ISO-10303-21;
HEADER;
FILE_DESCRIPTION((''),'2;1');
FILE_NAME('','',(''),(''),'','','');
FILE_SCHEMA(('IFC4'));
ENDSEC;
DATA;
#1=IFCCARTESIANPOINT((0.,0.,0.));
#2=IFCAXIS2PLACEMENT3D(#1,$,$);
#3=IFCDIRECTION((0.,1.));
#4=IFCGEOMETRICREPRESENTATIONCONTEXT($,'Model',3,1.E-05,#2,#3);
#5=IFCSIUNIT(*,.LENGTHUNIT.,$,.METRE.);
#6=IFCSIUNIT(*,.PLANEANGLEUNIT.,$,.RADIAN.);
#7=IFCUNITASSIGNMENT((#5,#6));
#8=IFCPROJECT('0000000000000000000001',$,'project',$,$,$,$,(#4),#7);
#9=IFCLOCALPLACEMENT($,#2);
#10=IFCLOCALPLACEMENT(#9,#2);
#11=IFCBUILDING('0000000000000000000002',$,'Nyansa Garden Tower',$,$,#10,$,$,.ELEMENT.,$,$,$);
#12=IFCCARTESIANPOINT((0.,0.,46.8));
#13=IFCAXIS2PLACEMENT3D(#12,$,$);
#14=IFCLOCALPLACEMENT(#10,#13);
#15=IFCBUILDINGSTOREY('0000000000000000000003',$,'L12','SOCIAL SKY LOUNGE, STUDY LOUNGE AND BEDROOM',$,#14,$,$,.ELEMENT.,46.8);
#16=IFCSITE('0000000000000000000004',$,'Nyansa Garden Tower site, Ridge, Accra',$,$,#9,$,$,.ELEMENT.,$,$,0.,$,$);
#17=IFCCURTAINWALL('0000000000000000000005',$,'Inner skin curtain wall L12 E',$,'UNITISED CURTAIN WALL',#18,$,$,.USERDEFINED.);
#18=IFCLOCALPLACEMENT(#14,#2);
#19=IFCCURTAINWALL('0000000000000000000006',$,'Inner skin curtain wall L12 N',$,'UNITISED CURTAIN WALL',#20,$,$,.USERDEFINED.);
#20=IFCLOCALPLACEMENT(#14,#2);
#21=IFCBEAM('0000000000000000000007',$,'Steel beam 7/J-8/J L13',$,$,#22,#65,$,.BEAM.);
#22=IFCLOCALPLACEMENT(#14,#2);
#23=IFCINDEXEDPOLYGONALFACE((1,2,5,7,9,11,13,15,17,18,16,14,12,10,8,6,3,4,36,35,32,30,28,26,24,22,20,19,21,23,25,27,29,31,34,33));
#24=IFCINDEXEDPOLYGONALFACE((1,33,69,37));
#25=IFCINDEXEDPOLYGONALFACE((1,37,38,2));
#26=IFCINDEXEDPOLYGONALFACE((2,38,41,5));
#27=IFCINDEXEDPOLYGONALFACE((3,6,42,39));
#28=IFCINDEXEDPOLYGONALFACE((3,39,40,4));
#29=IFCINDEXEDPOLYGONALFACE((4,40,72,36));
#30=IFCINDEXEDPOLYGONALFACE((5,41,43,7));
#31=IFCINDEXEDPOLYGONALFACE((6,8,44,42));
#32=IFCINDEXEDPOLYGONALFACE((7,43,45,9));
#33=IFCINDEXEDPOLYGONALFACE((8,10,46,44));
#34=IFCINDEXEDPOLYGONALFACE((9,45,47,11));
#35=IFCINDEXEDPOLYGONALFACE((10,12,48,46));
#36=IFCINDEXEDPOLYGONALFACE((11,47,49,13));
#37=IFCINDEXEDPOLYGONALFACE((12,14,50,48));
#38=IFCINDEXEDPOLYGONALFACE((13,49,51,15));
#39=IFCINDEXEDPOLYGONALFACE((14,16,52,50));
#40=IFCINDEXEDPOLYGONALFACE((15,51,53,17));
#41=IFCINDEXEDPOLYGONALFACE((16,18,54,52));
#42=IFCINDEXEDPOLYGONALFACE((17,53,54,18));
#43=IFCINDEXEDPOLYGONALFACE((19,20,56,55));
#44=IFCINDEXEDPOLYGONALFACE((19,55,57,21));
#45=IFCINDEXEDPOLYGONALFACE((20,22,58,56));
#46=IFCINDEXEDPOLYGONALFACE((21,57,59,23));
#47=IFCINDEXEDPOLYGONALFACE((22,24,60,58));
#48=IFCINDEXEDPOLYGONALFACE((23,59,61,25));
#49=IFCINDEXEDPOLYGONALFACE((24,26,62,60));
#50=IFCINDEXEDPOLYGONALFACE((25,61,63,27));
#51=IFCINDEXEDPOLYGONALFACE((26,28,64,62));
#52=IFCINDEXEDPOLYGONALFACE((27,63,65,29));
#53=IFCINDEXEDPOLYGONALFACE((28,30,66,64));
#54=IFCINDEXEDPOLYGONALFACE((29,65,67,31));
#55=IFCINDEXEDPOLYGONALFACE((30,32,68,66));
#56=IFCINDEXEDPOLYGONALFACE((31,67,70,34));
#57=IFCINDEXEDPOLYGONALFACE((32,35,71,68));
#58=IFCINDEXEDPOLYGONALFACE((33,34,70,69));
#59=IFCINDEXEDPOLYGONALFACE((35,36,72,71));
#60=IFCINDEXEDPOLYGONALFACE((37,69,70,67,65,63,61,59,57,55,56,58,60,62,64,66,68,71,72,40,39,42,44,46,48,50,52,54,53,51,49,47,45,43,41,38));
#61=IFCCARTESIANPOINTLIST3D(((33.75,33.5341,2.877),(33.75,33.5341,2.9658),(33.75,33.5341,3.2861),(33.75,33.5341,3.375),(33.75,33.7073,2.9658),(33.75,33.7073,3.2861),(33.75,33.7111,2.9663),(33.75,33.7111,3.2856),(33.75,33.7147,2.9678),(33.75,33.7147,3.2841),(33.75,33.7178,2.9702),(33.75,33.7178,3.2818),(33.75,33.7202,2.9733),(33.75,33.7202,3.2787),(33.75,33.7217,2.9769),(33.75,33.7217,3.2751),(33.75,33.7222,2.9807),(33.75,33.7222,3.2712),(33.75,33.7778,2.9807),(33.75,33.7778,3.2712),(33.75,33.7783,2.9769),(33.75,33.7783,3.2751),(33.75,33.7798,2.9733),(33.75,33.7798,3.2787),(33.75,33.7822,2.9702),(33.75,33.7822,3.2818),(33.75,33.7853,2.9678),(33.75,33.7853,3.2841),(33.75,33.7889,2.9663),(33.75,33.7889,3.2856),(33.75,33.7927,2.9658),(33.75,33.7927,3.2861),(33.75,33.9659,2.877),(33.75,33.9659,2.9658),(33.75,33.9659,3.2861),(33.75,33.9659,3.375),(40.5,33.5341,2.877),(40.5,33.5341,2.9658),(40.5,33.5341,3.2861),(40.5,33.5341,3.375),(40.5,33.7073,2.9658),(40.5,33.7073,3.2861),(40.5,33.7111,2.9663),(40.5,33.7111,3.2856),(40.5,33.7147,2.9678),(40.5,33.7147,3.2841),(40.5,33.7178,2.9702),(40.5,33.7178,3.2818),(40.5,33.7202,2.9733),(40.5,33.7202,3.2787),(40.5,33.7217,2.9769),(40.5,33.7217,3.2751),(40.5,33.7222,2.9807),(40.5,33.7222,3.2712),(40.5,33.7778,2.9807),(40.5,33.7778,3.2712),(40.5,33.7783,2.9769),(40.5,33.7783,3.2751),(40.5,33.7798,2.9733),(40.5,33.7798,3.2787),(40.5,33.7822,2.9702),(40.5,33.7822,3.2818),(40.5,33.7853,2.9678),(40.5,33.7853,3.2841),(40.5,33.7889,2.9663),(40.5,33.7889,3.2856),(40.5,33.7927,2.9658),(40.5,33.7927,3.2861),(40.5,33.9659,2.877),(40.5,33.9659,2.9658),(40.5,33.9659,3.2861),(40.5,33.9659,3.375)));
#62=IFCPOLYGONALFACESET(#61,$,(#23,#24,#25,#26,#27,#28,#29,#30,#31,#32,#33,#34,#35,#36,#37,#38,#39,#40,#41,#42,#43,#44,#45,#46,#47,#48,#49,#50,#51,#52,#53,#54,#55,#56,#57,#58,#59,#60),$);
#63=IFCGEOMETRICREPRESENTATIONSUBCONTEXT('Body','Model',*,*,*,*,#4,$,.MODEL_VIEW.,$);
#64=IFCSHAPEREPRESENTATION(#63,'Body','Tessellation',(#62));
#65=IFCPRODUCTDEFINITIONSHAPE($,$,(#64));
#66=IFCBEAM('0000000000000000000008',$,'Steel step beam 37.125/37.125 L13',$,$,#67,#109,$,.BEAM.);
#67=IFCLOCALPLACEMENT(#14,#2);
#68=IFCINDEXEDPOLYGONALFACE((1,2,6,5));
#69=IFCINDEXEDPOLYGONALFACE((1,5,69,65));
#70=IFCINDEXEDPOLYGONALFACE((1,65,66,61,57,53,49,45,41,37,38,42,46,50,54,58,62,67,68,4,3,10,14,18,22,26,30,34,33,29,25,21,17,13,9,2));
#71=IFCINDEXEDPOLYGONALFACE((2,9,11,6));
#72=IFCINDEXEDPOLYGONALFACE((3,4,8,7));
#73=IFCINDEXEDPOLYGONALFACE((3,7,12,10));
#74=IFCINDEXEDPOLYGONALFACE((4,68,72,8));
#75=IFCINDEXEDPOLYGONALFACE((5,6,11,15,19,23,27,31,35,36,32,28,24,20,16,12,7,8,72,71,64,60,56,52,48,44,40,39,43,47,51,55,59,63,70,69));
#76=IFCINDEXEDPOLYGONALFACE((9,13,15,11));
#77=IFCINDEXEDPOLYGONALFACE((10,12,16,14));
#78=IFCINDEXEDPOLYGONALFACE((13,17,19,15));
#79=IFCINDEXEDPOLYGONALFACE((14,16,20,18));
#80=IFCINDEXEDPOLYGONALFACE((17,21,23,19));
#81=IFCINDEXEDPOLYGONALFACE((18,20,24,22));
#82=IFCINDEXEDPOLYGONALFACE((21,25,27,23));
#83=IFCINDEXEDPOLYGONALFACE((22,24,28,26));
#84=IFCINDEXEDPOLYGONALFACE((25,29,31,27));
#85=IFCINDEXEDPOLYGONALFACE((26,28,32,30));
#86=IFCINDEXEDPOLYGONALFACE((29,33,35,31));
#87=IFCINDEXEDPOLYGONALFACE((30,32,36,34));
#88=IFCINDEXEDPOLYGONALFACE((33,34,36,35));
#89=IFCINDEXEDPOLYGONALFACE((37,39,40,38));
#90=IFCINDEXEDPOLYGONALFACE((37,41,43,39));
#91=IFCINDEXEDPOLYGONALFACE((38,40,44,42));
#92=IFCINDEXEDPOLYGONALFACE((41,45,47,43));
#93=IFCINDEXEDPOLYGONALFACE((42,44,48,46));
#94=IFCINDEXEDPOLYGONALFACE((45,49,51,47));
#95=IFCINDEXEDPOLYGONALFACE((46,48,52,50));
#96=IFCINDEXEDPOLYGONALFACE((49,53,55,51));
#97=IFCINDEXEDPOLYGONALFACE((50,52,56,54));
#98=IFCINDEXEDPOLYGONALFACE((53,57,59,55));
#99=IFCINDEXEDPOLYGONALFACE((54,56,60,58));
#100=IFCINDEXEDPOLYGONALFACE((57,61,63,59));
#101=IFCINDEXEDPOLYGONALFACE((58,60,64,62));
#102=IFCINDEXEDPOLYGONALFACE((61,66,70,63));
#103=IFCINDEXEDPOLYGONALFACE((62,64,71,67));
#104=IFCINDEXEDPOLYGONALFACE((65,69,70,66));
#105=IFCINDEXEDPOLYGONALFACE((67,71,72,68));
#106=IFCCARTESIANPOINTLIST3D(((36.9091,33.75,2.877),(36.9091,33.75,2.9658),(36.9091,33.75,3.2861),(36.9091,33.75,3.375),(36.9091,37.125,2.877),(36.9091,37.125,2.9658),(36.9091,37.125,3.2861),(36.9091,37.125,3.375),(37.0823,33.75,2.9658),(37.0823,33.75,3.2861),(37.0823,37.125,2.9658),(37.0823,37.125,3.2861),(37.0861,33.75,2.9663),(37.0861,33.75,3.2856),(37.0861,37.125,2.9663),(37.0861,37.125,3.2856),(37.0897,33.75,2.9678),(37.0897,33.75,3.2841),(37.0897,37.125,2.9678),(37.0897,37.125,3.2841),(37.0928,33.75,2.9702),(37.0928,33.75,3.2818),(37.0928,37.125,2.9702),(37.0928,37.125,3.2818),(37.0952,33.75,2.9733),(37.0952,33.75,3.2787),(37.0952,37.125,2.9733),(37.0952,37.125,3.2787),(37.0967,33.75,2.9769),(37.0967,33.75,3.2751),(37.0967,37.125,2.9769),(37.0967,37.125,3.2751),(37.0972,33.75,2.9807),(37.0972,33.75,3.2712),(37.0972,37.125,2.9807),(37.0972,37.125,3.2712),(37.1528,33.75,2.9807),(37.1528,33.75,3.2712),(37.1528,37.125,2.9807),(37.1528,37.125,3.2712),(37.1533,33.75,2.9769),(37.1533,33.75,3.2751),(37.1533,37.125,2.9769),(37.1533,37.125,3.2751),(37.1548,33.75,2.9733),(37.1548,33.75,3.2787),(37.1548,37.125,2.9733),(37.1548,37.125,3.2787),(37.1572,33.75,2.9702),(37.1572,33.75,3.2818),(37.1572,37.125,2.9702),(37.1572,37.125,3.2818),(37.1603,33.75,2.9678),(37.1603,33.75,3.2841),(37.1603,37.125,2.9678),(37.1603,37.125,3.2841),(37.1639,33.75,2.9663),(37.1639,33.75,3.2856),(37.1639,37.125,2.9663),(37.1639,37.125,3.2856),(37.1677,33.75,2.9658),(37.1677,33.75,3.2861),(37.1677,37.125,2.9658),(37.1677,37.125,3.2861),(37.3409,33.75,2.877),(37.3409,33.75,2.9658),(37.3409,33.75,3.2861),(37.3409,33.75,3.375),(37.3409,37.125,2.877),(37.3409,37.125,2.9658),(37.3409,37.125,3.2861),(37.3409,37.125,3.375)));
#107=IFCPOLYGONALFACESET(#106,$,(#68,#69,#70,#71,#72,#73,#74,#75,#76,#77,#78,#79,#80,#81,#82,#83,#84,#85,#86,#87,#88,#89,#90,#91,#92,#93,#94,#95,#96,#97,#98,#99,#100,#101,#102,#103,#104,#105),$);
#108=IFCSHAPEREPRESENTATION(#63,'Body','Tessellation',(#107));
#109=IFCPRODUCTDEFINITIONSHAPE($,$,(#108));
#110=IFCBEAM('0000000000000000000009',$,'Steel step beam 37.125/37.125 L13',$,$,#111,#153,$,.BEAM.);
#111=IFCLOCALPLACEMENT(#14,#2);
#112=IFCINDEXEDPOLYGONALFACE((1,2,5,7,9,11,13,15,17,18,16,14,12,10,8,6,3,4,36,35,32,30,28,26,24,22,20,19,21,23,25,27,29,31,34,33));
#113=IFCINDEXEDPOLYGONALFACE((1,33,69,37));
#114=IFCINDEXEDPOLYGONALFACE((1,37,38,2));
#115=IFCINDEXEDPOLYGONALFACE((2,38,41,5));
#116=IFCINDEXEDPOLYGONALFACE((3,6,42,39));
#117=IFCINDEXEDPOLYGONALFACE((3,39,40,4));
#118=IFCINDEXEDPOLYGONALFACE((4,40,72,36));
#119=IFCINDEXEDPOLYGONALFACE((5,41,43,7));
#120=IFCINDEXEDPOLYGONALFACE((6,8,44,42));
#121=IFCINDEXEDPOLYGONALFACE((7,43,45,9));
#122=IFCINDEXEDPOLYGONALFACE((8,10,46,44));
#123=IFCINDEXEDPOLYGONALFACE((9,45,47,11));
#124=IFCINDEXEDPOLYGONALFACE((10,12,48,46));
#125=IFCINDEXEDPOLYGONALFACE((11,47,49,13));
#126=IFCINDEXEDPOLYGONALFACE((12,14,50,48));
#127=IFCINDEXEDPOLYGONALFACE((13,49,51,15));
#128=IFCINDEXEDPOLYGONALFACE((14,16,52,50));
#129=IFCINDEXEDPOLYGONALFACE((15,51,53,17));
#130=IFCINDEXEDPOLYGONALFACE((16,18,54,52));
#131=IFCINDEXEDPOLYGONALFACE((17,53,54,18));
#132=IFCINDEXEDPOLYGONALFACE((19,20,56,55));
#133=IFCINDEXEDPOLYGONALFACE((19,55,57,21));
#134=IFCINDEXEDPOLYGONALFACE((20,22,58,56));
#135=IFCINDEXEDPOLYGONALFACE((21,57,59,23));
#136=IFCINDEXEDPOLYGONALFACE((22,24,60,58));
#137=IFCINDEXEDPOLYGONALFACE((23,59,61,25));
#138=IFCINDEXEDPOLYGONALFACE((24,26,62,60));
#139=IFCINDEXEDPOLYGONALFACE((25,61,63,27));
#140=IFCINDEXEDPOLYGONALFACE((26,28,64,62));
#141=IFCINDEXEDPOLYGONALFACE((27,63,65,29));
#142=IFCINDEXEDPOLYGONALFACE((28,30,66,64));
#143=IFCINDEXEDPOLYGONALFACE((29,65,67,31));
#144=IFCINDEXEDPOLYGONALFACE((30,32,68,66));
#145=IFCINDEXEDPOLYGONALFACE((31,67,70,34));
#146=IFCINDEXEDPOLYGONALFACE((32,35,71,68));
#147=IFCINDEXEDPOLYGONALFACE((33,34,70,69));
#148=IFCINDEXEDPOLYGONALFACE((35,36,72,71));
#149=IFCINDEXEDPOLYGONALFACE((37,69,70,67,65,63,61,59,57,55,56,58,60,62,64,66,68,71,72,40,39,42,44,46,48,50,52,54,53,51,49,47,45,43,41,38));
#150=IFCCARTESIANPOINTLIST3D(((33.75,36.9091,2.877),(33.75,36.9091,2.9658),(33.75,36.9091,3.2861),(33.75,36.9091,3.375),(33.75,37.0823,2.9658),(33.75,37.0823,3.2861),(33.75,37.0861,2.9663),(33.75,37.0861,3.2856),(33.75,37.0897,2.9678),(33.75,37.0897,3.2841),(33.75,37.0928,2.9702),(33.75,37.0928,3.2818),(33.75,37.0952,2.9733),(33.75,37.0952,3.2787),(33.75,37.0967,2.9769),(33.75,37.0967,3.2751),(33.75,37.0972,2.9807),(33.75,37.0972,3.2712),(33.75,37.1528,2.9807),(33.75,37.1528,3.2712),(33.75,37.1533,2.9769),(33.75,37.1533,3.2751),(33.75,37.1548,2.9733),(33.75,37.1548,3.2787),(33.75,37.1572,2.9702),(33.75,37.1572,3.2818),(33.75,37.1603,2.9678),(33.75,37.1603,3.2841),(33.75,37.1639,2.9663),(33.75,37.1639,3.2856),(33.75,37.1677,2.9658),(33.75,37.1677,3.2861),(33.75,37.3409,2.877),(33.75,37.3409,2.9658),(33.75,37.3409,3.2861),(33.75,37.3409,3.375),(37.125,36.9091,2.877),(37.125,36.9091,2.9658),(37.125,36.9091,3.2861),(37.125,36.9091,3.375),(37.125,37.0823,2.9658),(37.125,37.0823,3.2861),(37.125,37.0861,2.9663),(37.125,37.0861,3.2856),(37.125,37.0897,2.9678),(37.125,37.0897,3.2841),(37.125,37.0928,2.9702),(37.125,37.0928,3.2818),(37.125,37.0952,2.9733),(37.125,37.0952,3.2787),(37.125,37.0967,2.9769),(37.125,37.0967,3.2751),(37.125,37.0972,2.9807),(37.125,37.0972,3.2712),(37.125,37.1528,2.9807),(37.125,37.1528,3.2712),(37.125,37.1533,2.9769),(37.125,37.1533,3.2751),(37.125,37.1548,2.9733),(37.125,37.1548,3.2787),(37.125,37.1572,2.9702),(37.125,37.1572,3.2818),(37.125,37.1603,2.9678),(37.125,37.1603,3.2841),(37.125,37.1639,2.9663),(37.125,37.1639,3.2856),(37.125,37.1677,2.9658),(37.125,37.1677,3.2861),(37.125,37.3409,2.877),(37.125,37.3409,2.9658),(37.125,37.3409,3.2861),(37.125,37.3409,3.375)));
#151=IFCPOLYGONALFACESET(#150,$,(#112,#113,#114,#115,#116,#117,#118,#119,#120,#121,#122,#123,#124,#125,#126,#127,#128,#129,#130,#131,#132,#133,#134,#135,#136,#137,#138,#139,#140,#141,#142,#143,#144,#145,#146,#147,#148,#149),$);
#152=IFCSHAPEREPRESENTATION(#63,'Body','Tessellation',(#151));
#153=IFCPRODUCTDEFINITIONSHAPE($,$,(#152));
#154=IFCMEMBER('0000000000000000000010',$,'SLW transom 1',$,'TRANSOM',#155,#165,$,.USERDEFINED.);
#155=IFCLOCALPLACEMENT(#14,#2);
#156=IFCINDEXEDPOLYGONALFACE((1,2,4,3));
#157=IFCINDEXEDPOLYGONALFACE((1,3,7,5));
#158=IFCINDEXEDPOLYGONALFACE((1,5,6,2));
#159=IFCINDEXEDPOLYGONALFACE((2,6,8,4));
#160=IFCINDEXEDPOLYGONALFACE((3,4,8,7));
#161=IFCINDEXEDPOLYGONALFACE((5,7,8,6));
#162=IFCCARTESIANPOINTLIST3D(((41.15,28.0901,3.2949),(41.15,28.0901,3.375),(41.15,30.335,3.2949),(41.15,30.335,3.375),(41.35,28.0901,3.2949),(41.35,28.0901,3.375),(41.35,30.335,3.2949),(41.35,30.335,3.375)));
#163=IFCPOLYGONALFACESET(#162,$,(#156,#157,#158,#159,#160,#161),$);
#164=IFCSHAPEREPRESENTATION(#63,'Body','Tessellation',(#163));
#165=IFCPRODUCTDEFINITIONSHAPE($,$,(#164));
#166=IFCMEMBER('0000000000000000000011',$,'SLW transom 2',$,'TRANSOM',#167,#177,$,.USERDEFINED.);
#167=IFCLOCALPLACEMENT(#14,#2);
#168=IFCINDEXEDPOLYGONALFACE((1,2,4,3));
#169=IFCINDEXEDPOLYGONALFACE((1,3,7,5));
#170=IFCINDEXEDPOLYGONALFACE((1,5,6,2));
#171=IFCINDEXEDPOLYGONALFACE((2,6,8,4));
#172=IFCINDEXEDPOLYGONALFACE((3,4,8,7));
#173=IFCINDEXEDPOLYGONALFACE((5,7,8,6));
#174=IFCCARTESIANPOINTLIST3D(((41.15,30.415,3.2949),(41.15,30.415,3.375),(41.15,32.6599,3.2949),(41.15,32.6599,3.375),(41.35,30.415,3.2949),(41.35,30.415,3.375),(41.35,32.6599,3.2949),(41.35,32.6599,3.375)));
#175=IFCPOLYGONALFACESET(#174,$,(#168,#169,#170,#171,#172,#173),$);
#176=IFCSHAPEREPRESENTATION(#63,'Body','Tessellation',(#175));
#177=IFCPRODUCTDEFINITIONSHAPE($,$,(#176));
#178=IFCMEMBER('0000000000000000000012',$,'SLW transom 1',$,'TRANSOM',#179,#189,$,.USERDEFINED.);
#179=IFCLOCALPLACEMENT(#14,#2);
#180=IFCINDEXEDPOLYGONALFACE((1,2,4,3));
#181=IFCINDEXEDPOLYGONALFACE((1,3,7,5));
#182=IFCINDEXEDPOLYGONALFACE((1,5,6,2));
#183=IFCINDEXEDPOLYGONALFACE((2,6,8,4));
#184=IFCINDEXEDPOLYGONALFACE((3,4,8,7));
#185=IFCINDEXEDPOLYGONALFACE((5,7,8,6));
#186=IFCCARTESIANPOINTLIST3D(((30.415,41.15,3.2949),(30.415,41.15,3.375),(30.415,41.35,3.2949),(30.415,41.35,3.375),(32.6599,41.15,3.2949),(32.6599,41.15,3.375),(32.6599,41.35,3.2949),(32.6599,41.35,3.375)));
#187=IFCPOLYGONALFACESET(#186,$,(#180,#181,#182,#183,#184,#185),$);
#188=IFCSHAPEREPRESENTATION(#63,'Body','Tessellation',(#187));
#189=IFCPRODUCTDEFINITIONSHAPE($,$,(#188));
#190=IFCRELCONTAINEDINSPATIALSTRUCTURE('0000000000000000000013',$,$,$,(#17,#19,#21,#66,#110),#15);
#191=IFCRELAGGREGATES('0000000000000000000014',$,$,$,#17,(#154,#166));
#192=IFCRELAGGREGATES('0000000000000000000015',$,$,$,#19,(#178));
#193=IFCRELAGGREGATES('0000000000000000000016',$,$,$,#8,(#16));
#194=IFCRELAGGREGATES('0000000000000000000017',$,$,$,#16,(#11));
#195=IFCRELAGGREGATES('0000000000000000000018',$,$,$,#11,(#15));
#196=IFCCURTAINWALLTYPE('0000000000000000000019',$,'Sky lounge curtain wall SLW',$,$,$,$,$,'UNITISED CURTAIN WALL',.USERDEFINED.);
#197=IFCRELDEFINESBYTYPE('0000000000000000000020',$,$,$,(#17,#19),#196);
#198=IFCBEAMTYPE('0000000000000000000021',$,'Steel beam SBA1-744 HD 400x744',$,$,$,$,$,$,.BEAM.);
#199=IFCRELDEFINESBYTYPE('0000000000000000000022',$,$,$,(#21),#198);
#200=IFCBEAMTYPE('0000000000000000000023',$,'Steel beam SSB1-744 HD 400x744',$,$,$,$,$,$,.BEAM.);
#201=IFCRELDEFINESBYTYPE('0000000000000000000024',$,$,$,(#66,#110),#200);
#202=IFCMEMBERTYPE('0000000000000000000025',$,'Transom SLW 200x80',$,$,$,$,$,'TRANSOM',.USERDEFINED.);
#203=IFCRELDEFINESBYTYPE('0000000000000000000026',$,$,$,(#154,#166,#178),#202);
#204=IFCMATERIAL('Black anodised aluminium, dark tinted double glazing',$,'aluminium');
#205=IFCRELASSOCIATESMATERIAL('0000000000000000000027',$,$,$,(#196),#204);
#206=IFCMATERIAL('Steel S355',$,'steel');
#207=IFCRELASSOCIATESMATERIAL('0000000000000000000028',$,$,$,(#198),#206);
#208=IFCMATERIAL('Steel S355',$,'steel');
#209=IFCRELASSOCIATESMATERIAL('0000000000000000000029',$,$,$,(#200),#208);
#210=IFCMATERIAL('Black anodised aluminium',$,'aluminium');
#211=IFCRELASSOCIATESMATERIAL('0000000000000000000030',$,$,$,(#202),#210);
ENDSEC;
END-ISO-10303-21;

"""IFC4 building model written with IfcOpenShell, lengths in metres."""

from ifc_helpers import new_model, si_unit, direction, frame, origin, origin_2d, place, context, subcontext, project, spatial, rectangle, i_section, extrude, material, material_profile, profile_set, type_object, element, aggregate, save


model = new_model("IFC4")

# Units and contexts
model_context = context("Model", 3, precision=1e-05, world=origin(), true_north=direction((0.0, 1.0)))
body_context = subcontext(model_context, "Body", "Model", "MODEL_VIEW")
ifc_project = project(units=[si_unit("LENGTHUNIT", "METRE"), si_unit("PLANEANGLEUNIT", "RADIAN")], contexts=[model_context])

# Site, building, storey
site_placement = place(None, origin())
site = spatial("IfcSite", under=ifc_project, at=site_placement, Name="Nyansa Garden Tower site, Ridge, Accra", CompositionType="ELEMENT", RefElevation=0.0)
building_placement = place(site_placement, origin())
building = spatial("IfcBuilding", under=site, at=building_placement, Name="Nyansa Garden Tower", CompositionType="ELEMENT")
storey_placement = place(building_placement, frame((0.0, 0.0, 46.8)))
storey = spatial("IfcBuildingStorey", under=building, at=storey_placement, Name="L12", Description="SOCIAL SKY LOUNGE, STUDY LOUNGE AND BEDROOM", CompositionType="ELEMENT", Elevation=46.8)

# Curtain walls
ifc_material_1 = material(Name="Black anodised aluminium, dark tinted double glazing", Category="aluminium")
curtain_wall_type = type_object("IfcCurtainWallType", Name="Sky lounge curtain wall SLW", ElementType="UNITISED CURTAIN WALL", PredefinedType="USERDEFINED", material=ifc_material_1)
curtain_wall_1_placement = place(storey_placement, origin())
curtain_wall_1 = element("IfcCurtainWall", 1, at=curtain_wall_1_placement, inside=storey, type_object=curtain_wall_type, Name="Inner skin curtain wall L12 E", ObjectType="UNITISED CURTAIN WALL", PredefinedType="USERDEFINED")
curtain_wall_2_placement = place(storey_placement, origin())
curtain_wall_2 = element("IfcCurtainWall", 2, at=curtain_wall_2_placement, inside=storey, type_object=curtain_wall_type, Name="Inner skin curtain wall L12 N", ObjectType="UNITISED CURTAIN WALL", PredefinedType="USERDEFINED")

# Beams
ifc_material_2 = material(Name="Steel S355", Category="steel")
ifc_material_profile_1 = material_profile(ifc_material_2, i_section(OverallWidth=0.4319, OverallDepth=0.498, WebThickness=0.0557, FlangeThickness=0.0889, FilletRadius=0.0149, at=origin_2d()), Name="HD 400x744")
ifc_profile_set_1 = profile_set([ifc_material_profile_1], Name="Steel S355")
beam_type_1 = type_object("IfcBeamType", Name="Steel beam SBA1-744 HD 400x744", PredefinedType="BEAM", material=ifc_profile_set_1)
for number, where, z_axis, x_axis, name in (
    (3, (33.75, 33.75, 3.126), (1.0, 0.0, 0.0), (0.0, 1.0, 0.0), "Steel beam 7/J-8/J L13"),
):
    element("IfcBeam", number, at=place(storey_placement, frame(where, z_axis=z_axis, x_axis=x_axis)), inside=storey, type_object=beam_type_1, Name=name, PredefinedType="BEAM", context=body_context, shape_type="SweptSolid", body=[
        extrude(i_section(OverallWidth=0.4319, OverallDepth=0.498, WebThickness=0.0557, FlangeThickness=0.0889, FilletRadius=0.0149, at=origin_2d()), origin(), (0.0, 0.0, 1.0), 6.75),
    ])
ifc_material_3 = material(Name="Steel S355", Category="steel")
ifc_material_profile_2 = material_profile(ifc_material_3, i_section(OverallWidth=0.4319, OverallDepth=0.498, WebThickness=0.0557, FlangeThickness=0.0889, FilletRadius=0.0149, at=origin_2d()), Name="HD 400x744")
ifc_profile_set_2 = profile_set([ifc_material_profile_2], Name="Steel S355")
beam_type_2 = type_object("IfcBeamType", Name="Steel beam SSB1-744 HD 400x744", PredefinedType="BEAM", material=ifc_profile_set_2)
for number, where, z_axis, x_axis, name in (
    (4, (37.125, 37.125, 3.126), (0.0, -1.0, 0.0), (1.0, 0.0, 0.0), "Steel step beam 37.125/37.125 L13"),
    (5, (37.125, 37.125, 3.126), (-1.0, 0.0, 0.0), (0.0, -1.0, 0.0), "Steel step beam 37.125/37.125 L13"),
):
    element("IfcBeam", number, at=place(storey_placement, frame(where, z_axis=z_axis, x_axis=x_axis)), inside=storey, type_object=beam_type_2, Name=name, PredefinedType="BEAM", context=body_context, shape_type="SweptSolid", body=[
        extrude(i_section(OverallWidth=0.4319, OverallDepth=0.498, WebThickness=0.0557, FlangeThickness=0.0889, FilletRadius=0.0149, at=origin_2d()), origin(), (0.0, 0.0, 1.0), 3.375),
    ])

# Members
ifc_material_4 = material(Name="Black anodised aluminium", Category="aluminium")
ifc_material_profile_3 = material_profile(ifc_material_4, rectangle(XDim=0.2, YDim=0.0801, at=origin_2d()), Name="Transom 200x80")
ifc_profile_set_3 = profile_set([ifc_material_profile_3], Name="Black anodised aluminium")
member_type_1 = type_object("IfcMemberType", Name="Transom SLW 200x80", ElementType="TRANSOM", PredefinedType="USERDEFINED", material=ifc_profile_set_3)
member_1_placement = place(storey_placement, frame((41.25, 28.0901, 3.335), z_axis=(0.0, 1.0, 0.0), x_axis=(-1.0, 0.0, 0.0)))
member_1 = element("IfcMember", 6, at=member_1_placement, type_object=member_type_1, Name="SLW transom 1", ObjectType="TRANSOM", PredefinedType="USERDEFINED", context=body_context, shape_type="SweptSolid", body=[
    extrude(rectangle(XDim=0.2, YDim=0.0801, at=origin_2d()), origin(), (0.0, 0.0, 1.0), 2.2449),
])
member_2_placement = place(storey_placement, frame((41.25, 30.415, 3.335), z_axis=(0.0, 1.0, 0.0), x_axis=(-1.0, 0.0, 0.0)))
member_2 = element("IfcMember", 7, at=member_2_placement, type_object=member_type_1, Name="SLW transom 2", ObjectType="TRANSOM", PredefinedType="USERDEFINED", context=body_context, shape_type="SweptSolid", body=[
    extrude(rectangle(XDim=0.2, YDim=0.0801, at=origin_2d()), origin(), (0.0, 0.0, 1.0), 2.2449),
])
member_3_placement = place(storey_placement, frame((32.6599, 41.25, 3.335), z_axis=(-1.0, 0.0, 0.0), x_axis=(0.0, -1.0, 0.0)))
member_3 = element("IfcMember", 8, at=member_3_placement, type_object=member_type_1, Name="SLW transom 1", ObjectType="TRANSOM", PredefinedType="USERDEFINED", context=body_context, shape_type="SweptSolid", body=[
    extrude(rectangle(XDim=0.2, YDim=0.0801, at=origin_2d()), origin(), (0.0, 0.0, 1.0), 2.2449),
])

aggregate(curtain_wall_1, [member_1, member_2])
aggregate(curtain_wall_2, [member_3])

save(model, "model.ifc")
